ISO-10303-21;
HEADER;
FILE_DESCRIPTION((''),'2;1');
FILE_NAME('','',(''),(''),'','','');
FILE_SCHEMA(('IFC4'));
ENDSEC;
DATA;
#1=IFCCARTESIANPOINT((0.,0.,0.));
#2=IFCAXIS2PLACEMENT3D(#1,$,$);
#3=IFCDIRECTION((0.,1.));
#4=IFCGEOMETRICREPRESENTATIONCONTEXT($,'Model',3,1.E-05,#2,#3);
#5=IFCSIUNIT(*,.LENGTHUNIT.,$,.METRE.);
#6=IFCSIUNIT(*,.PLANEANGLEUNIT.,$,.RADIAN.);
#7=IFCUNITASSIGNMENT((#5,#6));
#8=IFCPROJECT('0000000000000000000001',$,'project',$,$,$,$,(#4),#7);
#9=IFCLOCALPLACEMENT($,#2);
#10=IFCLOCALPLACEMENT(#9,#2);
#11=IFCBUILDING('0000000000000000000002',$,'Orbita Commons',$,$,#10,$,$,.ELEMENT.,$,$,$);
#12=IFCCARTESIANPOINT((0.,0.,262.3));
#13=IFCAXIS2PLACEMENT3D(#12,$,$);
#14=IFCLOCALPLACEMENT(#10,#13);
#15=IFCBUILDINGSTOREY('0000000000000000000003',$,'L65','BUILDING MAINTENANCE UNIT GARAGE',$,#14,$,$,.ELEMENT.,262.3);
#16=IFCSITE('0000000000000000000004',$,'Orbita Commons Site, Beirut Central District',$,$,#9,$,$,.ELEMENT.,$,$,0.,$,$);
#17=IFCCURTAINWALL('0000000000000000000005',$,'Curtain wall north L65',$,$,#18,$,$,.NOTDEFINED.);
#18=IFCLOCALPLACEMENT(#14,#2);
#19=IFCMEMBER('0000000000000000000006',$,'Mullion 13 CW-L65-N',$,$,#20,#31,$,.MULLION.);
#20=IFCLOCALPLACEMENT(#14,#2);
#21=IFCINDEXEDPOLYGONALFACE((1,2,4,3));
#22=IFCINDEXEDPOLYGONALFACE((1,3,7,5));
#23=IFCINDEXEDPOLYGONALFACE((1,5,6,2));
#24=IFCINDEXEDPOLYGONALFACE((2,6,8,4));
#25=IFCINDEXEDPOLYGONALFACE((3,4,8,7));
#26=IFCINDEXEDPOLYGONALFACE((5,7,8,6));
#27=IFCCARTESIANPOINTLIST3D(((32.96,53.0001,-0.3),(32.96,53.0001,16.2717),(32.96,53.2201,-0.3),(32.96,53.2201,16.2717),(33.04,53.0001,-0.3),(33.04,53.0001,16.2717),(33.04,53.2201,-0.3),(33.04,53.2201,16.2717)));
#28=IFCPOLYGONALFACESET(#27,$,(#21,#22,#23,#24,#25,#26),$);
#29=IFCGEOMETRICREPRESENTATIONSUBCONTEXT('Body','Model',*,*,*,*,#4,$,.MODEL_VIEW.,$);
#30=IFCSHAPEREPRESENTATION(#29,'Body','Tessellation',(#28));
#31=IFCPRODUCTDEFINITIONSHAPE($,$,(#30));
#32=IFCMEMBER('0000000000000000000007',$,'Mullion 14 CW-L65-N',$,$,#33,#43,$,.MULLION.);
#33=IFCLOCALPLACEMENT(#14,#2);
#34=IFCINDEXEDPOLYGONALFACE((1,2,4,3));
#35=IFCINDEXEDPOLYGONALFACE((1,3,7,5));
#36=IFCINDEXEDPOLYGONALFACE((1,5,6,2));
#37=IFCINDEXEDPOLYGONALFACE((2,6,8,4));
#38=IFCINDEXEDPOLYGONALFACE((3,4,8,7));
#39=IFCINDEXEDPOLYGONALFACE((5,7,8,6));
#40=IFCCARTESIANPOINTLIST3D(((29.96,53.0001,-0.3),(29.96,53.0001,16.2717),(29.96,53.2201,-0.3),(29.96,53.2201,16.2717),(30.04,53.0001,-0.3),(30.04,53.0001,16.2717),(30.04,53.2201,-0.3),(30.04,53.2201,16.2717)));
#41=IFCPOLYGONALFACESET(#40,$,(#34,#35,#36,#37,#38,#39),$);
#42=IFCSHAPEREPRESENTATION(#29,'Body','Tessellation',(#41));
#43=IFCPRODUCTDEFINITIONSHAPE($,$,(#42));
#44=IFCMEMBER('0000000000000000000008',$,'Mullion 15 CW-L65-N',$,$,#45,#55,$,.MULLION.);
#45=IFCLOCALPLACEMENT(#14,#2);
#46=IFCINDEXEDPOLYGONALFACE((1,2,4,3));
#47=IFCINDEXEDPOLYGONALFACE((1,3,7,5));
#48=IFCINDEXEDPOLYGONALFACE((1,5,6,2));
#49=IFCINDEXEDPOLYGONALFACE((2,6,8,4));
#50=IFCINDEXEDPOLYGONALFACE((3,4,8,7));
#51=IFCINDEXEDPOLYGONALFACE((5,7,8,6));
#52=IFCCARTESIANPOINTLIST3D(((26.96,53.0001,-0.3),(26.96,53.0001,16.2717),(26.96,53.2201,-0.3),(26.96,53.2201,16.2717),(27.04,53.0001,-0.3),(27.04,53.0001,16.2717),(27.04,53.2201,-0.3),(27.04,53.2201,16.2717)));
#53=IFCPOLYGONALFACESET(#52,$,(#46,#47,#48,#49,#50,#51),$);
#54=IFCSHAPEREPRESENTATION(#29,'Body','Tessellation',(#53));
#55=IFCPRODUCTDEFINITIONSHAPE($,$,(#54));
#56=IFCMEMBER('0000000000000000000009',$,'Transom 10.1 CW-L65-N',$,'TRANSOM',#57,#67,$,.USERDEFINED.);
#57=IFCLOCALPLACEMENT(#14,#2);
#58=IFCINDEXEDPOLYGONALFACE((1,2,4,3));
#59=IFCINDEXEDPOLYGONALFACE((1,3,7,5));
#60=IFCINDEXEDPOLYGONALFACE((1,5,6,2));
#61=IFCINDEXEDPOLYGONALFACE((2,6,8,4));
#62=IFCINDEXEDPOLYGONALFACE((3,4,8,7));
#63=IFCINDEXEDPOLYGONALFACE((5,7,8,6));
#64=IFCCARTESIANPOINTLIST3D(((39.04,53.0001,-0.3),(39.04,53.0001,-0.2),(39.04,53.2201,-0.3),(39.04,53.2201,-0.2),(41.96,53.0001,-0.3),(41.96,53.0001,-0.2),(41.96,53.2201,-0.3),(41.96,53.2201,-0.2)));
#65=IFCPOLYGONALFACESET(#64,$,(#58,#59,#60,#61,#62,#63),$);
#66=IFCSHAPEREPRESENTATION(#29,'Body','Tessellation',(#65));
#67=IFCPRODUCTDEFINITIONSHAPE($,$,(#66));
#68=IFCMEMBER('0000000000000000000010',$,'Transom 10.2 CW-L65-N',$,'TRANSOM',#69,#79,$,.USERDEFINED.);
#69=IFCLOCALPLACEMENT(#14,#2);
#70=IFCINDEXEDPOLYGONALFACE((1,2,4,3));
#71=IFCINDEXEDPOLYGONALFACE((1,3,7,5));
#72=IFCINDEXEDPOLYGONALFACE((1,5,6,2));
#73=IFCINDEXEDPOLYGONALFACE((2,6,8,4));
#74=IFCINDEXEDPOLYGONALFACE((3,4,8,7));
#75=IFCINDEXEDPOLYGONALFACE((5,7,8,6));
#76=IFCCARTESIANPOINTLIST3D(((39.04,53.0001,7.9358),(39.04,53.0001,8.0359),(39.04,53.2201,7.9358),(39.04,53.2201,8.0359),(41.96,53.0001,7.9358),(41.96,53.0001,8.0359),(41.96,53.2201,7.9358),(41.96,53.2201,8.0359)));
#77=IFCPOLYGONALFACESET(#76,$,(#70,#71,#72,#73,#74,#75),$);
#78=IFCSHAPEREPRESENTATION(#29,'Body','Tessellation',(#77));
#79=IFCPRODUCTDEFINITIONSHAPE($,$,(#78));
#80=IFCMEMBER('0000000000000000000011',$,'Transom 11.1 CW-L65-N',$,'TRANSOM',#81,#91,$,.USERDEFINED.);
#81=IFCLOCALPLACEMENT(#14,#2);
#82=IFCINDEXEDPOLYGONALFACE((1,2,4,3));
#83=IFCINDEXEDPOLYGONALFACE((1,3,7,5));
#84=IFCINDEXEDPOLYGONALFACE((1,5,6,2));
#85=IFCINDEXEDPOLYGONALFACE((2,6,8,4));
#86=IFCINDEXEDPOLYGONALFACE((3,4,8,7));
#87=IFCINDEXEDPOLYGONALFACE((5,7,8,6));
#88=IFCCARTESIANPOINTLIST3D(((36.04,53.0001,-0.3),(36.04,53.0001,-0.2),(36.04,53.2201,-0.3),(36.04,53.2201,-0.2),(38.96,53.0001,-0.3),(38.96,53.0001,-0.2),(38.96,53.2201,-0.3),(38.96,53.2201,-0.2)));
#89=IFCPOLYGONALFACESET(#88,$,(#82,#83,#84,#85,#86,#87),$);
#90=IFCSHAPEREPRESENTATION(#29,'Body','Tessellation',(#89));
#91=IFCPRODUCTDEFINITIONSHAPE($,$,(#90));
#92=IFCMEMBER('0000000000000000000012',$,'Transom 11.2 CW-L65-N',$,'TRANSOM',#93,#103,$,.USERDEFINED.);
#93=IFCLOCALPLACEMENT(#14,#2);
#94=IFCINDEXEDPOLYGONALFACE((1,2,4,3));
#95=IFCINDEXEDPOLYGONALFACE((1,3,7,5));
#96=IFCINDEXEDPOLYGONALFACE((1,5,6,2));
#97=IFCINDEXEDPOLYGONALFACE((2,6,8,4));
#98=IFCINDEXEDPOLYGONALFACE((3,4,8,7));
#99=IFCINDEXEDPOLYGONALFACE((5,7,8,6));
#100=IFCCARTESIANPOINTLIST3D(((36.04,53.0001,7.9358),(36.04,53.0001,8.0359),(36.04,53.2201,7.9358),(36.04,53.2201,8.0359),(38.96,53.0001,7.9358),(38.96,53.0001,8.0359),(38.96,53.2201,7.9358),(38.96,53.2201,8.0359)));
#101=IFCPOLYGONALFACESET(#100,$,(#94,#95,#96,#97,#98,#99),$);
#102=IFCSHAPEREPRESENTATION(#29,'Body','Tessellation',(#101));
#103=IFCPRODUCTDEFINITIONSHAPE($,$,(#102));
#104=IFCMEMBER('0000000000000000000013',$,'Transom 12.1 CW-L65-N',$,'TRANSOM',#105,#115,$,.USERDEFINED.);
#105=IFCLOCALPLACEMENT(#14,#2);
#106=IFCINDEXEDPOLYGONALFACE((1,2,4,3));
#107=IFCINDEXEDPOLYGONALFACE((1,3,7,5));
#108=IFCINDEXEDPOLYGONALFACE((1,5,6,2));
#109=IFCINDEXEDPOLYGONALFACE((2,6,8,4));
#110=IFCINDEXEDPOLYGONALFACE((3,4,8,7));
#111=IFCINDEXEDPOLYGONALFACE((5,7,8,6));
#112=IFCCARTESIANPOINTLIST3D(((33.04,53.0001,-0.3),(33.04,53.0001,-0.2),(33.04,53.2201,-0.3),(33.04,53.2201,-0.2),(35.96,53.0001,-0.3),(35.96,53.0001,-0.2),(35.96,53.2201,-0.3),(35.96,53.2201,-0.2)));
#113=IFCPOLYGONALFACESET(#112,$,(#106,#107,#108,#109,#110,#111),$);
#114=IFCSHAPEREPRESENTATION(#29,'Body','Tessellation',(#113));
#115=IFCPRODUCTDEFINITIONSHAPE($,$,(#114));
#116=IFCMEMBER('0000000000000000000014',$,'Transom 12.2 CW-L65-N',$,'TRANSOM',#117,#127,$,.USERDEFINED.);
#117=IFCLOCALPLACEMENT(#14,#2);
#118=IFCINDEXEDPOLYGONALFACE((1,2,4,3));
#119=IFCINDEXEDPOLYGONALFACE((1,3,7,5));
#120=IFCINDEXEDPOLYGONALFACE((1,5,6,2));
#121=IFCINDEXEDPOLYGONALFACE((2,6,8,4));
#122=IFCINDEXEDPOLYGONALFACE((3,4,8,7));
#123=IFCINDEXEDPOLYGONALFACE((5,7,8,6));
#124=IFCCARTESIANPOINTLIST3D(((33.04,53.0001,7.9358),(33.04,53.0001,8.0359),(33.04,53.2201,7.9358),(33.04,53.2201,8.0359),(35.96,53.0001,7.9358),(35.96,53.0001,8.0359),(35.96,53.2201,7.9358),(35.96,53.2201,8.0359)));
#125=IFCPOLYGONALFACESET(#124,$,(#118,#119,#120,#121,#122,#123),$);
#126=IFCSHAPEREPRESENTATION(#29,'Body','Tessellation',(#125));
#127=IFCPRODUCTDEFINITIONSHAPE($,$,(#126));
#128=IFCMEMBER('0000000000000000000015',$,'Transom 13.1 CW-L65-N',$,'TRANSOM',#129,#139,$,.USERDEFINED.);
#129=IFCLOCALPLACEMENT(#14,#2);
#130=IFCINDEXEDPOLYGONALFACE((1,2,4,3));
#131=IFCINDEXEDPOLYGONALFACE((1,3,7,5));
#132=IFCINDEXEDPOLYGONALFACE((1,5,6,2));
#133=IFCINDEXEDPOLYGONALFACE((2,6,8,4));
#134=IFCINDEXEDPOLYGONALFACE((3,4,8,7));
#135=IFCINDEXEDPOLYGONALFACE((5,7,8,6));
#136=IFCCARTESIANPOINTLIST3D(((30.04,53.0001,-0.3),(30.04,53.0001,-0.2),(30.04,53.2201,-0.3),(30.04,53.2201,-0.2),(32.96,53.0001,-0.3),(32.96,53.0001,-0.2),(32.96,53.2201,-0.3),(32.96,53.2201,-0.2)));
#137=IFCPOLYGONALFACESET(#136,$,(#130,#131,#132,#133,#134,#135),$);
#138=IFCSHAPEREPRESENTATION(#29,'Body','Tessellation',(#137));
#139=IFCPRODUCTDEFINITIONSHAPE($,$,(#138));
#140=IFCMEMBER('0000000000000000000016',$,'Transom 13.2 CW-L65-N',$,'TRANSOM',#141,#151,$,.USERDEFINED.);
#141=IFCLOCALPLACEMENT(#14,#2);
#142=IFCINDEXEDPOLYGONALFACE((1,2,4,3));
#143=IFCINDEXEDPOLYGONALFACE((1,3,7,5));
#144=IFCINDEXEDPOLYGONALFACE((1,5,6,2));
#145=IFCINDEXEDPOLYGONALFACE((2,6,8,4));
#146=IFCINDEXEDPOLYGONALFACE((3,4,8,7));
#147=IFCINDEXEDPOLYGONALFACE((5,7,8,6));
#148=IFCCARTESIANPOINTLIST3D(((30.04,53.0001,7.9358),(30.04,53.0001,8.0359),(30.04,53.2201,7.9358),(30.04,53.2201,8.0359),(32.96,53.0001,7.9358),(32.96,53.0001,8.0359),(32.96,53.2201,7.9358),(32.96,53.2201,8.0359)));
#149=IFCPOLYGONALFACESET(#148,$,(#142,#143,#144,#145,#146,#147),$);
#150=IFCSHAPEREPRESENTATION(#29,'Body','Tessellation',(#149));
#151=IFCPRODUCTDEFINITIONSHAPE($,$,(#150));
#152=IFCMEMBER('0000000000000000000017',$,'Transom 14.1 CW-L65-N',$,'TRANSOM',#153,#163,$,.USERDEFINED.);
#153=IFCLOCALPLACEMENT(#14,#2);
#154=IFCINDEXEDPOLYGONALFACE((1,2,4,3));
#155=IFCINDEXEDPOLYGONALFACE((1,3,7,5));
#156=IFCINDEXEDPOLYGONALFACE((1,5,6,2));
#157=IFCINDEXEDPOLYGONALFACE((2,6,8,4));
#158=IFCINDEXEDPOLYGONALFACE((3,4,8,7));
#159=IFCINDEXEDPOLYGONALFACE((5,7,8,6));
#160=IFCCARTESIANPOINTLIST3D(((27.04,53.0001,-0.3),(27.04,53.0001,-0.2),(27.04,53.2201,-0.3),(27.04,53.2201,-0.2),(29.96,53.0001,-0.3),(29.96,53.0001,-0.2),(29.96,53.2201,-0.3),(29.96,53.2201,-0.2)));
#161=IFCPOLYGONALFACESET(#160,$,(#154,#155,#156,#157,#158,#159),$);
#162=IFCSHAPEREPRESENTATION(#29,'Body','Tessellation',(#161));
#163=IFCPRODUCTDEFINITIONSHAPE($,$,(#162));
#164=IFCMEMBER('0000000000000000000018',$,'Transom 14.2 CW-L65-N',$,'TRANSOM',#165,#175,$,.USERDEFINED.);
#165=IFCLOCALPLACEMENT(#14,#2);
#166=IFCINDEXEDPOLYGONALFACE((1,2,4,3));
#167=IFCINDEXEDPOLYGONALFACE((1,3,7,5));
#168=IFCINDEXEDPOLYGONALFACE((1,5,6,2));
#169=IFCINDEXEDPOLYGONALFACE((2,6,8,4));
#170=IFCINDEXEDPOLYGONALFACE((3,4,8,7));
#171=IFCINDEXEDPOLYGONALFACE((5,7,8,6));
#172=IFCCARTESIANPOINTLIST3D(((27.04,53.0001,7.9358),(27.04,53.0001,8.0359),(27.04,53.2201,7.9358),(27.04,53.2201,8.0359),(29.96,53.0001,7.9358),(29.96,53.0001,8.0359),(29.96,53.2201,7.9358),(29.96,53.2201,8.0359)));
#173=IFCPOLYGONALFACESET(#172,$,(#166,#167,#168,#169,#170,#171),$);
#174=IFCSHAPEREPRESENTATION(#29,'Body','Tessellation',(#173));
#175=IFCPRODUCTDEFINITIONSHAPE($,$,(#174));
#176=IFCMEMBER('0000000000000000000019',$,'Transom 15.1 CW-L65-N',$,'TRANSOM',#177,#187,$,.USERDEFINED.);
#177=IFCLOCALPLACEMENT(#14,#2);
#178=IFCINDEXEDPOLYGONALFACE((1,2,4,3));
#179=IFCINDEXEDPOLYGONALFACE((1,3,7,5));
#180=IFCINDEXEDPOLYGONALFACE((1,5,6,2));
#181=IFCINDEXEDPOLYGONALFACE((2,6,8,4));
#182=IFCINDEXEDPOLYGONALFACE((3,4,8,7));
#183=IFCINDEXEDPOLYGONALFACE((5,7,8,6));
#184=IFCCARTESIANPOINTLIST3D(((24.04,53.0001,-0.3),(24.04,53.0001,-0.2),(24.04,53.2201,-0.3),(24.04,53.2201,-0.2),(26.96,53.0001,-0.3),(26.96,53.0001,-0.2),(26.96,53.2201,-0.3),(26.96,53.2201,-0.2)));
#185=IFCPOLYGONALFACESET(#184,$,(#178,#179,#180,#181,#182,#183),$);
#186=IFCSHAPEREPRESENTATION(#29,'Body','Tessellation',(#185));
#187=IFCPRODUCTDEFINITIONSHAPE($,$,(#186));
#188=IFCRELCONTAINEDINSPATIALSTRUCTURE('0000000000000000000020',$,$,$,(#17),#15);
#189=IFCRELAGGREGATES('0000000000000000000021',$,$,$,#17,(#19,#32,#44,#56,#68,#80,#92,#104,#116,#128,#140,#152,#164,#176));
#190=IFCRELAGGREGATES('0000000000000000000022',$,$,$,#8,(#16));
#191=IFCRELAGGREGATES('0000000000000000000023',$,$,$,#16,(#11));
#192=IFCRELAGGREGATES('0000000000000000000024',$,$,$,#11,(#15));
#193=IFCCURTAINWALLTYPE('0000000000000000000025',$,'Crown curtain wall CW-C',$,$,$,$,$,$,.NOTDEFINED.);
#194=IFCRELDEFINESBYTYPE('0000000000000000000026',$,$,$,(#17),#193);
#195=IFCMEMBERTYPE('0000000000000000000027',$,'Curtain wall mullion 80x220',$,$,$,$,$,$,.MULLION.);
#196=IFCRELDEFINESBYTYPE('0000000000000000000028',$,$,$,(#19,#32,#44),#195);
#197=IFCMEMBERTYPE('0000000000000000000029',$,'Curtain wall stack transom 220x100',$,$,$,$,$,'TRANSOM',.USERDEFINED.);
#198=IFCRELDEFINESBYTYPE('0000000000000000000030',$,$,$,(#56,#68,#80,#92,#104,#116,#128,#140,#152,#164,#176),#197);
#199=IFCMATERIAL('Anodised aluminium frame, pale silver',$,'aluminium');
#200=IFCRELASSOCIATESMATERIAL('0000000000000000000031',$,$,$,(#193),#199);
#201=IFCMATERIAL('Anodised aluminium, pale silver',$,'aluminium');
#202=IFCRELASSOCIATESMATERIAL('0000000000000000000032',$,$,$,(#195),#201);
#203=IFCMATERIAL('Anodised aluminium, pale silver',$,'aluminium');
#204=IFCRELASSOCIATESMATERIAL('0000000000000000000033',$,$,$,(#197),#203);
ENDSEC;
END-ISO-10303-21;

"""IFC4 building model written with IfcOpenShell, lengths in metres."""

from ifc_helpers import new_model, si_unit, direction, frame, origin, origin_2d, place, context, subcontext, project, spatial, rectangle, extrude, material, material_profile, profile_set, type_object, element, aggregate, save


model = new_model("IFC4")

# Units and contexts
model_context = context("Model", 3, precision=1e-05, world=origin(), true_north=direction((0.0, 1.0)))
body_context = subcontext(model_context, "Body", "Model", "MODEL_VIEW")
ifc_project = project(units=[si_unit("LENGTHUNIT", "METRE"), si_unit("PLANEANGLEUNIT", "RADIAN")], contexts=[model_context])

# Site, building, storey
site_placement = place(None, origin())
site = spatial("IfcSite", under=ifc_project, at=site_placement, Name="Orbita Commons Site, Beirut Central District", CompositionType="ELEMENT", RefElevation=0.0)
building_placement = place(site_placement, origin())
building = spatial("IfcBuilding", under=site, at=building_placement, Name="Orbita Commons", CompositionType="ELEMENT")
storey_placement = place(building_placement, frame((0.0, 0.0, 262.3)))
storey = spatial("IfcBuildingStorey", under=building, at=storey_placement, Name="L65", Description="BUILDING MAINTENANCE UNIT GARAGE", CompositionType="ELEMENT", Elevation=262.3)

# Curtain wall, members
ifc_material_1 = material(Name="Anodised aluminium frame, pale silver", Category="aluminium")
curtain_wall_type = type_object("IfcCurtainWallType", Name="Crown curtain wall CW-C", PredefinedType="NOTDEFINED", material=ifc_material_1)
curtain_wall_placement = place(storey_placement, origin())
curtain_wall = element("IfcCurtainWall", 1, at=curtain_wall_placement, inside=storey, type_object=curtain_wall_type, Name="Curtain wall north L65", PredefinedType="NOTDEFINED")
ifc_material_2 = material(Name="Anodised aluminium, pale silver", Category="aluminium")
ifc_material_profile_1 = material_profile(ifc_material_2, rectangle(XDim=0.0801, YDim=0.22, at=origin_2d()), Name="AL 80x220")
ifc_profile_set_1 = profile_set([ifc_material_profile_1], Name="Anodised aluminium, pale silver")
member_type_1 = type_object("IfcMemberType", Name="Curtain wall mullion 80x220", PredefinedType="MULLION", material=ifc_profile_set_1)
member_1_placement = place(storey_placement, frame((33.0, 53.1101, -0.3), z_axis=(0.0, 0.0, 1.0), x_axis=(-1.0, 0.0, 0.0)))
member_1 = element("IfcMember", 2, at=member_1_placement, type_object=member_type_1, Name="Mullion 13 CW-L65-N", PredefinedType="MULLION", context=body_context, shape_type="SweptSolid", body=[
    extrude(rectangle(XDim=0.0801, YDim=0.22, at=origin_2d()), origin(), (0.0, 0.0, 1.0), 16.5718),
])
member_2_placement = place(storey_placement, frame((30.0, 53.1101, -0.3), z_axis=(0.0, 0.0, 1.0), x_axis=(-1.0, 0.0, 0.0)))
member_2 = element("IfcMember", 3, at=member_2_placement, type_object=member_type_1, Name="Mullion 14 CW-L65-N", PredefinedType="MULLION", context=body_context, shape_type="SweptSolid", body=[
    extrude(rectangle(XDim=0.0801, YDim=0.22, at=origin_2d()), origin(), (0.0, 0.0, 1.0), 16.5718),
])
member_3_placement = place(storey_placement, frame((27.0, 53.1101, -0.3), z_axis=(0.0, 0.0, 1.0), x_axis=(-1.0, 0.0, 0.0)))
member_3 = element("IfcMember", 4, at=member_3_placement, type_object=member_type_1, Name="Mullion 15 CW-L65-N", PredefinedType="MULLION", context=body_context, shape_type="SweptSolid", body=[
    extrude(rectangle(XDim=0.0801, YDim=0.22, at=origin_2d()), origin(), (0.0, 0.0, 1.0), 16.5718),
])
ifc_material_3 = material(Name="Anodised aluminium, pale silver", Category="aluminium")
ifc_material_profile_2 = material_profile(ifc_material_3, rectangle(XDim=0.22, YDim=0.1001, at=origin_2d()), Name="AL 220x100")
ifc_profile_set_2 = profile_set([ifc_material_profile_2], Name="Anodised aluminium, pale silver")
member_type_2 = type_object("IfcMemberType", Name="Curtain wall stack transom 220x100", ElementType="TRANSOM", PredefinedType="USERDEFINED", material=ifc_profile_set_2)
member_4_placement = place(storey_placement, frame((41.96, 53.1101, -0.25), z_axis=(-1.0, 0.0, 0.0), x_axis=(0.0, -1.0, 0.0)))
member_4 = element("IfcMember", 5, at=member_4_placement, type_object=member_type_2, Name="Transom 10.1 CW-L65-N", ObjectType="TRANSOM", PredefinedType="USERDEFINED", context=body_context, shape_type="SweptSolid", body=[
    extrude(rectangle(XDim=0.22, YDim=0.1001, at=origin_2d()), origin(), (0.0, 0.0, 1.0), 2.9199),
])
member_5_placement = place(storey_placement, frame((41.96, 53.1101, 7.9858), z_axis=(-1.0, 0.0, 0.0), x_axis=(0.0, -1.0, 0.0)))
member_5 = element("IfcMember", 6, at=member_5_placement, type_object=member_type_2, Name="Transom 10.2 CW-L65-N", ObjectType="TRANSOM", PredefinedType="USERDEFINED", context=body_context, shape_type="SweptSolid", body=[
    extrude(rectangle(XDim=0.22, YDim=0.1001, at=origin_2d()), origin(), (0.0, 0.0, 1.0), 2.9199),
])
member_6_placement = place(storey_placement, frame((38.96, 53.1101, -0.25), z_axis=(-1.0, 0.0, 0.0), x_axis=(0.0, -1.0, 0.0)))
member_6 = element("IfcMember", 7, at=member_6_placement, type_object=member_type_2, Name="Transom 11.1 CW-L65-N", ObjectType="TRANSOM", PredefinedType="USERDEFINED", context=body_context, shape_type="SweptSolid", body=[
    extrude(rectangle(XDim=0.22, YDim=0.1001, at=origin_2d()), origin(), (0.0, 0.0, 1.0), 2.9199),
])
member_7_placement = place(storey_placement, frame((38.96, 53.1101, 7.9858), z_axis=(-1.0, 0.0, 0.0), x_axis=(0.0, -1.0, 0.0)))
member_7 = element("IfcMember", 8, at=member_7_placement, type_object=member_type_2, Name="Transom 11.2 CW-L65-N", ObjectType="TRANSOM", PredefinedType="USERDEFINED", context=body_context, shape_type="SweptSolid", body=[
    extrude(rectangle(XDim=0.22, YDim=0.1001, at=origin_2d()), origin(), (0.0, 0.0, 1.0), 2.9199),
])
member_8_placement = place(storey_placement, frame((35.96, 53.1101, -0.25), z_axis=(-1.0, 0.0, 0.0), x_axis=(0.0, -1.0, 0.0)))
member_8 = element("IfcMember", 9, at=member_8_placement, type_object=member_type_2, Name="Transom 12.1 CW-L65-N", ObjectType="TRANSOM", PredefinedType="USERDEFINED", context=body_context, shape_type="SweptSolid", body=[
    extrude(rectangle(XDim=0.22, YDim=0.1001, at=origin_2d()), origin(), (0.0, 0.0, 1.0), 2.9199),
])
member_9_placement = place(storey_placement, frame((35.96, 53.1101, 7.9858), z_axis=(-1.0, 0.0, 0.0), x_axis=(0.0, -1.0, 0.0)))
member_9 = element("IfcMember", 10, at=member_9_placement, type_object=member_type_2, Name="Transom 12.2 CW-L65-N", ObjectType="TRANSOM", PredefinedType="USERDEFINED", context=body_context, shape_type="SweptSolid", body=[
    extrude(rectangle(XDim=0.22, YDim=0.1001, at=origin_2d()), origin(), (0.0, 0.0, 1.0), 2.9199),
])
member_10_placement = place(storey_placement, frame((32.96, 53.1101, -0.25), z_axis=(-1.0, 0.0, 0.0), x_axis=(0.0, -1.0, 0.0)))
member_10 = element("IfcMember", 11, at=member_10_placement, type_object=member_type_2, Name="Transom 13.1 CW-L65-N", ObjectType="TRANSOM", PredefinedType="USERDEFINED", context=body_context, shape_type="SweptSolid", body=[
    extrude(rectangle(XDim=0.22, YDim=0.1001, at=origin_2d()), origin(), (0.0, 0.0, 1.0), 2.9199),
])
member_11_placement = place(storey_placement, frame((32.96, 53.1101, 7.9858), z_axis=(-1.0, 0.0, 0.0), x_axis=(0.0, -1.0, 0.0)))
member_11 = element("IfcMember", 12, at=member_11_placement, type_object=member_type_2, Name="Transom 13.2 CW-L65-N", ObjectType="TRANSOM", PredefinedType="USERDEFINED", context=body_context, shape_type="SweptSolid", body=[
    extrude(rectangle(XDim=0.22, YDim=0.1001, at=origin_2d()), origin(), (0.0, 0.0, 1.0), 2.9199),
])
member_12_placement = place(storey_placement, frame((29.96, 53.1101, -0.25), z_axis=(-1.0, 0.0, 0.0), x_axis=(0.0, -1.0, 0.0)))
member_12 = element("IfcMember", 13, at=member_12_placement, type_object=member_type_2, Name="Transom 14.1 CW-L65-N", ObjectType="TRANSOM", PredefinedType="USERDEFINED", context=body_context, shape_type="SweptSolid", body=[
    extrude(rectangle(XDim=0.22, YDim=0.1001, at=origin_2d()), origin(), (0.0, 0.0, 1.0), 2.9199),
])
member_13_placement = place(storey_placement, frame((29.96, 53.1101, 7.9858), z_axis=(-1.0, 0.0, 0.0), x_axis=(0.0, -1.0, 0.0)))
member_13 = element("IfcMember", 14, at=member_13_placement, type_object=member_type_2, Name="Transom 14.2 CW-L65-N", ObjectType="TRANSOM", PredefinedType="USERDEFINED", context=body_context, shape_type="SweptSolid", body=[
    extrude(rectangle(XDim=0.22, YDim=0.1001, at=origin_2d()), origin(), (0.0, 0.0, 1.0), 2.9199),
])
member_14_placement = place(storey_placement, frame((26.96, 53.1101, -0.25), z_axis=(-1.0, 0.0, 0.0), x_axis=(0.0, -1.0, 0.0)))
member_14 = element("IfcMember", 15, at=member_14_placement, type_object=member_type_2, Name="Transom 15.1 CW-L65-N", ObjectType="TRANSOM", PredefinedType="USERDEFINED", context=body_context, shape_type="SweptSolid", body=[
    extrude(rectangle(XDim=0.22, YDim=0.1001, at=origin_2d()), origin(), (0.0, 0.0, 1.0), 2.9199),
])
aggregate(curtain_wall, [member_1, member_2, member_3, member_4, member_5, member_6, member_7, member_8, member_9, member_10, member_11, member_12, member_13, member_14])

save(model, "model.ifc")
